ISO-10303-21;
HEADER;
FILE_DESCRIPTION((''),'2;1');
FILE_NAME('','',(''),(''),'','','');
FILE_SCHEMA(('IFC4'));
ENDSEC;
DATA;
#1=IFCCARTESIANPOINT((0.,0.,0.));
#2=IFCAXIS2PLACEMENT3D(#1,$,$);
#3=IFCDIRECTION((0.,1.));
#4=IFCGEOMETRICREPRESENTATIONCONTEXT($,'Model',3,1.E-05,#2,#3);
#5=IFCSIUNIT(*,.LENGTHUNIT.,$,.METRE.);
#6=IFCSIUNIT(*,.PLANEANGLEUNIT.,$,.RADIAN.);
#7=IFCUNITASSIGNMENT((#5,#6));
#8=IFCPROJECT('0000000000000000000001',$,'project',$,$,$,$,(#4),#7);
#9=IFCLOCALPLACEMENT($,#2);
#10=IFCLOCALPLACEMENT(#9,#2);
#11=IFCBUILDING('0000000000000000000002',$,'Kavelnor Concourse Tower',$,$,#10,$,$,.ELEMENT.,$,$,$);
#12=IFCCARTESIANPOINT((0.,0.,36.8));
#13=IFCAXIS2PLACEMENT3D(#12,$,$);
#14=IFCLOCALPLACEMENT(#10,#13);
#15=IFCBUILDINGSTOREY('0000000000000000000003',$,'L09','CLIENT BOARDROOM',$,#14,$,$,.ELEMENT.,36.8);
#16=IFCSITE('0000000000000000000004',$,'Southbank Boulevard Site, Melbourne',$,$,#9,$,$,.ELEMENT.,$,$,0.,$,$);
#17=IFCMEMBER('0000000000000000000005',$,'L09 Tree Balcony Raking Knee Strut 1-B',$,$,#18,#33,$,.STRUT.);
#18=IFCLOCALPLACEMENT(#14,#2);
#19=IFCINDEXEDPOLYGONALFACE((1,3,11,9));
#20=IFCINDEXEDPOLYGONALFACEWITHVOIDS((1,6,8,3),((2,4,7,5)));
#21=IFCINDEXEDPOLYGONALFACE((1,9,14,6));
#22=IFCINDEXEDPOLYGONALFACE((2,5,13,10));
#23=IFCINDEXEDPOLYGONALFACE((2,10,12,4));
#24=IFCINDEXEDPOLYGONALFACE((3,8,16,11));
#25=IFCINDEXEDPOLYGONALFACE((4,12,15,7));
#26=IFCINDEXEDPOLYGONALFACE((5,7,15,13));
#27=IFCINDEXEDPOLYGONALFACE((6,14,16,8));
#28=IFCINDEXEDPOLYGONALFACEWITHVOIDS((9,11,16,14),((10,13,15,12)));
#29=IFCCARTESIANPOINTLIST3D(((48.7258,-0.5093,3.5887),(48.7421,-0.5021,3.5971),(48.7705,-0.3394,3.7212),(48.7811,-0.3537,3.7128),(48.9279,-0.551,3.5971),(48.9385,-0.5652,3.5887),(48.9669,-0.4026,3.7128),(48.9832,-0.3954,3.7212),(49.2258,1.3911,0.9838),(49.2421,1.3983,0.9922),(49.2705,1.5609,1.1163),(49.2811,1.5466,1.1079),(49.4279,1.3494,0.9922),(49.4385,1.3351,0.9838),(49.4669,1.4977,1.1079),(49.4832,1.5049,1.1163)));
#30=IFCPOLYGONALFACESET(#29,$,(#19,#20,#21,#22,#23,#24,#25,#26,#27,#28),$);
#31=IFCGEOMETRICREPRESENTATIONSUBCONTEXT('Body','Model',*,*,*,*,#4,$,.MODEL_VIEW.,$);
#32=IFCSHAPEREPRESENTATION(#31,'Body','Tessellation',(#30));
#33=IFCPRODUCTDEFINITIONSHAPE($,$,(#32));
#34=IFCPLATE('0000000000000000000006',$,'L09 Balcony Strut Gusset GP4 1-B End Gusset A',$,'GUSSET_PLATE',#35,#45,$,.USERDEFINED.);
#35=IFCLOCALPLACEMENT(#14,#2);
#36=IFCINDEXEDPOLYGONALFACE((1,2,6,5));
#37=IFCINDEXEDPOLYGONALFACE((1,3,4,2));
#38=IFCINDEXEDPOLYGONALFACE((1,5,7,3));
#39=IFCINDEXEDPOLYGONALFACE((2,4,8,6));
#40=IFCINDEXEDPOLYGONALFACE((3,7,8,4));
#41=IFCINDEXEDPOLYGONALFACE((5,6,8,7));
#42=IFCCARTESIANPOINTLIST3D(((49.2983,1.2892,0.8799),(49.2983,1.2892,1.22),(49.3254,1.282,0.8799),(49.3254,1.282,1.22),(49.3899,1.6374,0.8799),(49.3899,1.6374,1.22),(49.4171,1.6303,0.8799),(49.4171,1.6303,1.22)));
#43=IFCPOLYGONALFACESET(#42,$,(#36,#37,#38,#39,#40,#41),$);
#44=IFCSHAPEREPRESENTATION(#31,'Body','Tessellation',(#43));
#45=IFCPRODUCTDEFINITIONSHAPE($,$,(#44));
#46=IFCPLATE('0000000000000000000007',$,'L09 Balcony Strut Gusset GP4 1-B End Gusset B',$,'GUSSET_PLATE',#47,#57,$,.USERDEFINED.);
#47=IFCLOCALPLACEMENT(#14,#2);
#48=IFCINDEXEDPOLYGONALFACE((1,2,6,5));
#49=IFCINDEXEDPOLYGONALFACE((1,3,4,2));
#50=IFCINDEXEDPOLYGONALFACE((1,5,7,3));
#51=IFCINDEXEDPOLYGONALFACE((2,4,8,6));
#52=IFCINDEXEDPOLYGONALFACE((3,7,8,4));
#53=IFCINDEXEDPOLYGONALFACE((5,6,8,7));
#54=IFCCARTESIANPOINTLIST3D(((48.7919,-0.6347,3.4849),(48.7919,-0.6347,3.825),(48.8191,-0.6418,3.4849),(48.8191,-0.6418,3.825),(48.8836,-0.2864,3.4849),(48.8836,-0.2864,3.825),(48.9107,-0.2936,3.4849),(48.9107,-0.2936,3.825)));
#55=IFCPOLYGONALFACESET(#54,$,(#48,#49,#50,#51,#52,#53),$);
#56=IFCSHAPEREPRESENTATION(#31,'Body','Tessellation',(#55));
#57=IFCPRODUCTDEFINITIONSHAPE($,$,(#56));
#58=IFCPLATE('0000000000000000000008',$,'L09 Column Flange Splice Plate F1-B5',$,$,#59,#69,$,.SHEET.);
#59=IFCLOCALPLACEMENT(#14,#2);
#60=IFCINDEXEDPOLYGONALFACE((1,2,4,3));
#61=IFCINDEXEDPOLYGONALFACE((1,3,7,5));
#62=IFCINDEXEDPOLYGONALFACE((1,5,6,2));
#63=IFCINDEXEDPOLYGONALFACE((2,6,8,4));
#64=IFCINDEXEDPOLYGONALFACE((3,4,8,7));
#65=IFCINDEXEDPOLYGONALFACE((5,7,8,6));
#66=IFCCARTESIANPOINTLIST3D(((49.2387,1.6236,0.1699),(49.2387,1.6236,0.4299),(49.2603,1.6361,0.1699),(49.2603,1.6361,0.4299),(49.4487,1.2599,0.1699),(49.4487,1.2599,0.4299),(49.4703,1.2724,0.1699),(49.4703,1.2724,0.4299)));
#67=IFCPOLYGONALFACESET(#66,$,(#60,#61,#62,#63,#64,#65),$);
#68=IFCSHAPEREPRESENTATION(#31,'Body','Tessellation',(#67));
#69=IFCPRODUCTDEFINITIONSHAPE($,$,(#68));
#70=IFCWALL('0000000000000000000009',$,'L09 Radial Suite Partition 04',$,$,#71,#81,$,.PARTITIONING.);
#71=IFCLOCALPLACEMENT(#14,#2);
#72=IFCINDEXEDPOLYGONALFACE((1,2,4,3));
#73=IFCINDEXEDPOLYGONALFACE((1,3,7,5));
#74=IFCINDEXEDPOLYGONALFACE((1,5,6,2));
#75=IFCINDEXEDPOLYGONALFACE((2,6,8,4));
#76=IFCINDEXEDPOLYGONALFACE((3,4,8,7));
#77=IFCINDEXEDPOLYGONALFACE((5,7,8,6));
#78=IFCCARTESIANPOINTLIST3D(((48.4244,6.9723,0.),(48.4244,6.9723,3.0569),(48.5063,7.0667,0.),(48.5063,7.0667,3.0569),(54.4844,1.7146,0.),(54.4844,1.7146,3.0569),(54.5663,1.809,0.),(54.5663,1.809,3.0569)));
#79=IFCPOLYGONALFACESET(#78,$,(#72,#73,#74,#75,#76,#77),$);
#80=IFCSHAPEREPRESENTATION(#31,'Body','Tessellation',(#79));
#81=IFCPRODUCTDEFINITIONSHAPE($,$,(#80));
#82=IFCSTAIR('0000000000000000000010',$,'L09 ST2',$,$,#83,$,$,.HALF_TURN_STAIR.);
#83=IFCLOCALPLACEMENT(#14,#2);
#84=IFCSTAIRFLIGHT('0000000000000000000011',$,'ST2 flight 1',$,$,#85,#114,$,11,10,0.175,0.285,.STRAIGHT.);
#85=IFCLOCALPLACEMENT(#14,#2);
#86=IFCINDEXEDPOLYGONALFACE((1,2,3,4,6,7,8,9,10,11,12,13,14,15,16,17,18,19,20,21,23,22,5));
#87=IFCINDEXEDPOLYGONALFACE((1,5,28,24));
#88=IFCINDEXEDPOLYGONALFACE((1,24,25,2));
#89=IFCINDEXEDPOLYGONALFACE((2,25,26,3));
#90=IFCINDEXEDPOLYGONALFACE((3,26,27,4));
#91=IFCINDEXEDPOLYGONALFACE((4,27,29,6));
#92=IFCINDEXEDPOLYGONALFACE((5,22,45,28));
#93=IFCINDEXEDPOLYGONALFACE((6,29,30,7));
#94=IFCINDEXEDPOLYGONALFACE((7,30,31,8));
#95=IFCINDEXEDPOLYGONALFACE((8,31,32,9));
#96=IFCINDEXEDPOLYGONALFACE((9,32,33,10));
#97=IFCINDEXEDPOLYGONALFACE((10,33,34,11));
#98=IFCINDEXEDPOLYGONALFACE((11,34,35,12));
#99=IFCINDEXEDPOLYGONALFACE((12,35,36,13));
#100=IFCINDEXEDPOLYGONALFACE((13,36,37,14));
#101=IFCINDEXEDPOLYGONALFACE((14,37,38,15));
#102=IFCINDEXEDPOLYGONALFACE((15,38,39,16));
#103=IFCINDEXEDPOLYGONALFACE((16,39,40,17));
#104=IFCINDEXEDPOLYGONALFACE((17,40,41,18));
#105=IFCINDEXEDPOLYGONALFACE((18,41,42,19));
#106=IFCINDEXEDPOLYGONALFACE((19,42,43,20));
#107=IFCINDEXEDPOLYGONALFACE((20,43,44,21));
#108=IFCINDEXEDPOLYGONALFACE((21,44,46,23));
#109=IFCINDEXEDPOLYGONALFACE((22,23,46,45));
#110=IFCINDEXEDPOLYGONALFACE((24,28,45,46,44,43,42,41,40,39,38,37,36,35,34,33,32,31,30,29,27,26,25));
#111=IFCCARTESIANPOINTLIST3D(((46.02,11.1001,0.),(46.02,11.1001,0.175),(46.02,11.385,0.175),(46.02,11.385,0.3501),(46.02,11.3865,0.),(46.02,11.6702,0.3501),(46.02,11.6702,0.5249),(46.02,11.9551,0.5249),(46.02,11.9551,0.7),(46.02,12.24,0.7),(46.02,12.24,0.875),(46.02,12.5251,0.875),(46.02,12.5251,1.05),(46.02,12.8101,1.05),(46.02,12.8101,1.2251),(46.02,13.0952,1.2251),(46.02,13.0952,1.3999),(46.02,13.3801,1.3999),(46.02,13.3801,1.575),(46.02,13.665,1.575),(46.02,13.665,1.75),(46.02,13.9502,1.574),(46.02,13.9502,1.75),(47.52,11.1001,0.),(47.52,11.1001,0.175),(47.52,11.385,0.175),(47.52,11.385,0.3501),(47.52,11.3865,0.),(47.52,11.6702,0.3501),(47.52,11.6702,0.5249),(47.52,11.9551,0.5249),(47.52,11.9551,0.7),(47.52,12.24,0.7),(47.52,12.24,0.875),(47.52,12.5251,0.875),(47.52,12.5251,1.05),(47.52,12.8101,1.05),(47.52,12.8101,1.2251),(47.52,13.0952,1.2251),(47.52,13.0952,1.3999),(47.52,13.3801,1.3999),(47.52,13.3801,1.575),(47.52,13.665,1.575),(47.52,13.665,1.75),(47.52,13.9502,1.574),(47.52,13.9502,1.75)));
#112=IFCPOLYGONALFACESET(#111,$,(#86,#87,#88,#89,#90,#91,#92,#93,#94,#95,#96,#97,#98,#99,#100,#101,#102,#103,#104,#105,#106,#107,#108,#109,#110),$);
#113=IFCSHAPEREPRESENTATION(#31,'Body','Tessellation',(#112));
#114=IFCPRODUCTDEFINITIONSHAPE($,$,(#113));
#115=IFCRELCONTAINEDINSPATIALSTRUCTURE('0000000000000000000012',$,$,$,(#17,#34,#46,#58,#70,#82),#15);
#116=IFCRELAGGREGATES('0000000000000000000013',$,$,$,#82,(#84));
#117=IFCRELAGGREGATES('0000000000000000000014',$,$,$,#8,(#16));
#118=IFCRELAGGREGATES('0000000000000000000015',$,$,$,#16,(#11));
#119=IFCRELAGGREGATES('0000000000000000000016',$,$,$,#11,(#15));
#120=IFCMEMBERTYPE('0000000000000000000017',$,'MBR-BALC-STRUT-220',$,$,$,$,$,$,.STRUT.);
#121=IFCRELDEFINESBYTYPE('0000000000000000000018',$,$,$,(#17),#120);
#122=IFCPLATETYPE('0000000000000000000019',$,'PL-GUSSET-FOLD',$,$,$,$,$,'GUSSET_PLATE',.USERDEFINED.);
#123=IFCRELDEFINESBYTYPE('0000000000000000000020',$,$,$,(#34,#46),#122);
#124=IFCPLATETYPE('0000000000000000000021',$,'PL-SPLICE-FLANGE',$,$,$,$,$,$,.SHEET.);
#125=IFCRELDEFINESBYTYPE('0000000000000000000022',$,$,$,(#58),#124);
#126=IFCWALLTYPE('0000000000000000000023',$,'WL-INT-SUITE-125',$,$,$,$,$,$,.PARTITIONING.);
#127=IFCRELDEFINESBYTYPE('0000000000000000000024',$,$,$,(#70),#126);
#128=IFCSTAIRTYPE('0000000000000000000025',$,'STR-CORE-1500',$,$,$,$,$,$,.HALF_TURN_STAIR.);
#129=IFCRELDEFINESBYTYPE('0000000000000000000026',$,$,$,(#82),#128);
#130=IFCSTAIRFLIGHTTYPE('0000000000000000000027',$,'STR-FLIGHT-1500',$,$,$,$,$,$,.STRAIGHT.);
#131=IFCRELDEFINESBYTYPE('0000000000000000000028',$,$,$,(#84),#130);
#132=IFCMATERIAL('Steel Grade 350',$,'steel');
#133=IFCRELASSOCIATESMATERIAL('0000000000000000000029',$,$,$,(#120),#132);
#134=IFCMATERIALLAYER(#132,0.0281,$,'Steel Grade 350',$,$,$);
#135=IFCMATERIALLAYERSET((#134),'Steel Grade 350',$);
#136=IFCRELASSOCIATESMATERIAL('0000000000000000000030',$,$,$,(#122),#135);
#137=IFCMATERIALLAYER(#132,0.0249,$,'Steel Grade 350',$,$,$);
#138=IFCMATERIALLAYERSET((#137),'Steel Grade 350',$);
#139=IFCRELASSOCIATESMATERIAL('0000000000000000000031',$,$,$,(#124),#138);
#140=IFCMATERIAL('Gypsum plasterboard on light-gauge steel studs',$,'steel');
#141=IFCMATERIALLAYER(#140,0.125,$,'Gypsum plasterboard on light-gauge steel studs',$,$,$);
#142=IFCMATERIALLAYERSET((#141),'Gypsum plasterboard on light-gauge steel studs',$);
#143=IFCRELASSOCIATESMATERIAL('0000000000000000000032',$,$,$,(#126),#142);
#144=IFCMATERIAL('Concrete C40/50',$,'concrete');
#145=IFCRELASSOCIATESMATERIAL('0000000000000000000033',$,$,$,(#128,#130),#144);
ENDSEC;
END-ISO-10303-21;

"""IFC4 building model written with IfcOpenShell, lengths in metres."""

from ifc_helpers import new_model, si_unit, direction, frame, frame_2d, origin, origin_2d, place, context, subcontext, project, spatial, polyline, rectangle, hollow_rectangle, outline, extrude, material, layer, layer_set, material_profile, profile_set, type_object, element, aggregate, save


model = new_model("IFC4")

# Units and contexts
model_context = context("Model", 3, precision=1e-05, world=origin(), true_north=direction((0.0, 1.0)))
body_context = subcontext(model_context, "Body", "Model", "MODEL_VIEW")
ifc_project = project(units=[si_unit("LENGTHUNIT", "METRE"), si_unit("PLANEANGLEUNIT", "RADIAN")], contexts=[model_context])

# Site, building, storey
site_placement = place(None, origin())
site = spatial("IfcSite", under=ifc_project, at=site_placement, Name="Southbank Boulevard Site, Melbourne", CompositionType="ELEMENT", RefElevation=0.0)
building_placement = place(site_placement, origin())
building = spatial("IfcBuilding", under=site, at=building_placement, Name="Kavelnor Concourse Tower", CompositionType="ELEMENT")
storey_placement = place(building_placement, frame((0.0, 0.0, 36.8)))
storey = spatial("IfcBuildingStorey", under=building, at=storey_placement, Name="L09", Description="CLIENT BOARDROOM", CompositionType="ELEMENT", Elevation=36.8)

# Shared definitions
ifc_material_1 = material(Name="Steel Grade 350", Category="steel")

# Member
ifc_material_profile_1 = material_profile(ifc_material_1, hollow_rectangle(XDim=0.22, YDim=0.22, WallThickness=0.0139, at=origin_2d()), Name="SHS 220x220x14")
ifc_profile_set_1 = profile_set([ifc_material_profile_1], Name="Steel Grade 350")
member_type = type_object("IfcMemberType", Name="MBR-BALC-STRUT-220", PredefinedType="STRUT", material=ifc_profile_set_1)
member_placement = place(storey_placement, frame((49.3545, 1.448, 1.05), z_axis=(-0.153232, -0.582399, 0.79833), x_axis=(0.967087, -0.254444, 0.0)))
element("IfcMember", 1, at=member_placement, inside=storey, type_object=member_type, Name="L09 Tree Balcony Raking Knee Strut 1-B", PredefinedType="STRUT", context=body_context, shape_type="SweptSolid", body=[
    extrude(hollow_rectangle(XDim=0.22, YDim=0.22, WallThickness=0.0139, at=origin_2d()), origin(), (0.0, 0.0, 1.0), 3.2629),
])

# Plates
ifc_layer_1 = layer(ifc_material_1, 0.0281, Name="Steel Grade 350")
ifc_layer_set_1 = layer_set([ifc_layer_1], Name="Steel Grade 350")
plate_type_1 = type_object("IfcPlateType", Name="PL-GUSSET-FOLD", ElementType="GUSSET_PLATE", PredefinedType="USERDEFINED", material=ifc_layer_set_1)
for number, where, z_axis, x_axis, name in (
    (2, (49.3577, 1.4597, 0.8799), (0.0, 0.0, 1.0), (-0.254433, -0.96709, 0.0), "L09 Balcony Strut Gusset GP4 1-B End Gusset A"),
    (3, (48.8513, -0.4641, 3.4849), (0.0, 0.0, 1.0), (-0.254433, -0.96709, 0.0), "L09 Balcony Strut Gusset GP4 1-B End Gusset B"),
):
    element("IfcPlate", number, at=place(storey_placement, frame(where, z_axis=z_axis, x_axis=x_axis)), inside=storey, type_object=plate_type_1, Name=name, ObjectType="GUSSET_PLATE", PredefinedType="USERDEFINED", context=body_context, shape_type="SweptSolid", body=[
        extrude(rectangle(XDim=0.3601, YDim=0.0281, at=origin_2d()), origin(), (0.0, 0.0, 1.0), 0.3401),
    ])
ifc_layer_2 = layer(ifc_material_1, 0.0249, Name="Steel Grade 350")
ifc_layer_set_2 = layer_set([ifc_layer_2], Name="Steel Grade 350")
plate_type_2 = type_object("IfcPlateType", Name="PL-SPLICE-FLANGE", PredefinedType="SHEET", material=ifc_layer_set_2)
plate_placement = place(storey_placement, frame((49.3545, 1.448, 0.1699), z_axis=(0.0, 0.0, 1.0), x_axis=(-0.5, 0.866025, 0.0)))
element("IfcPlate", 4, at=plate_placement, inside=storey, type_object=plate_type_2, Name="L09 Column Flange Splice Plate F1-B5", PredefinedType="SHEET", context=body_context, shape_type="SweptSolid", body=[
    extrude(rectangle(XDim=0.4199, YDim=0.0249, at=origin_2d()), origin(), (0.0, 0.0, 1.0), 0.26),
])

# Wall
ifc_material_2 = material(Name="Gypsum plasterboard on light-gauge steel studs", Category="steel")
ifc_layer_3 = layer(ifc_material_2, 0.125, Name="Gypsum plasterboard on light-gauge steel studs")
ifc_layer_set_3 = layer_set([ifc_layer_3], Name="Gypsum plasterboard on light-gauge steel studs")
wall_type_1 = type_object("IfcWallType", Name="WL-INT-SUITE-125", PredefinedType="PARTITIONING", material=ifc_layer_set_3)
wall_1_placement = place(storey_placement, frame((48.4653, 7.0195, 0.0), z_axis=(0.0, 0.0, 1.0), x_axis=(0.755334, -0.655341, 0.0)))
element("IfcWall", 5, at=wall_1_placement, inside=storey, type_object=wall_type_1, Name="L09 Radial Suite Partition 04", PredefinedType="PARTITIONING", context=body_context, shape_type="SweptSolid", body=[
    extrude(rectangle(XDim=8.0229, YDim=0.125, at=frame_2d((4.0115, 0.0))), origin(), (0.0, 0.0, 1.0), 3.0569),
])

# Stair, stair flight
ifc_material_3 = material(Name="Concrete C40/50", Category="concrete")
stair_type = type_object("IfcStairType", Name="STR-CORE-1500", PredefinedType="HALF_TURN_STAIR", material=ifc_material_3)
stair_placement = place(storey_placement, origin())
stair = element("IfcStair", 6, at=stair_placement, inside=storey, type_object=stair_type, Name="L09 ST2", PredefinedType="HALF_TURN_STAIR")
stair_flight_type = type_object("IfcStairFlightType", Name="STR-FLIGHT-1500", PredefinedType="STRAIGHT", material=ifc_material_3)
stair_flight_placement = place(storey_placement, frame((46.77, 11.1001, 0.0), z_axis=(0.0, 0.0, 1.0), x_axis=(0.0, 1.0, 0.0)))
stair_flight = element("IfcStairFlight", 7, at=stair_flight_placement, type_object=stair_flight_type, Name="ST2 flight 1", NumberOfRisers=11, NumberOfTreads=10, PredefinedType="STRAIGHT", RiserHeight=0.175, TreadLength=0.285, context=body_context, shape_type="SweptSolid", body=[
    extrude(outline(polyline([(0.0, 0.0), (0.0, 0.175), (0.2849, 0.175), (0.2849, 0.3501), (0.5701, 0.3501), (0.5701, 0.5249), (0.855, 0.5249), (0.855, 0.7), (1.1399, 0.7), (1.1399, 0.875), (1.425, 0.875), (1.425, 1.05), (1.71, 1.05), (1.71, 1.2251), (1.9951, 1.2251), (1.9951, 1.3999), (2.28, 1.3999), (2.28, 1.575), (2.5649, 1.575), (2.5649, 1.75), (2.8501, 1.75), (2.8501, 1.925), (2.8501, 1.574), (0.2864, 0.0), (0.0, 0.0)])), frame((0.0, 0.75, 0.0), z_axis=(0.0, -1.0, 0.0), x_axis=(1.0, 0.0, 0.0)), (0.0, 0.0, 1.0), 1.5),
])
aggregate(stair, [stair_flight])

save(model, "model.ifc")
